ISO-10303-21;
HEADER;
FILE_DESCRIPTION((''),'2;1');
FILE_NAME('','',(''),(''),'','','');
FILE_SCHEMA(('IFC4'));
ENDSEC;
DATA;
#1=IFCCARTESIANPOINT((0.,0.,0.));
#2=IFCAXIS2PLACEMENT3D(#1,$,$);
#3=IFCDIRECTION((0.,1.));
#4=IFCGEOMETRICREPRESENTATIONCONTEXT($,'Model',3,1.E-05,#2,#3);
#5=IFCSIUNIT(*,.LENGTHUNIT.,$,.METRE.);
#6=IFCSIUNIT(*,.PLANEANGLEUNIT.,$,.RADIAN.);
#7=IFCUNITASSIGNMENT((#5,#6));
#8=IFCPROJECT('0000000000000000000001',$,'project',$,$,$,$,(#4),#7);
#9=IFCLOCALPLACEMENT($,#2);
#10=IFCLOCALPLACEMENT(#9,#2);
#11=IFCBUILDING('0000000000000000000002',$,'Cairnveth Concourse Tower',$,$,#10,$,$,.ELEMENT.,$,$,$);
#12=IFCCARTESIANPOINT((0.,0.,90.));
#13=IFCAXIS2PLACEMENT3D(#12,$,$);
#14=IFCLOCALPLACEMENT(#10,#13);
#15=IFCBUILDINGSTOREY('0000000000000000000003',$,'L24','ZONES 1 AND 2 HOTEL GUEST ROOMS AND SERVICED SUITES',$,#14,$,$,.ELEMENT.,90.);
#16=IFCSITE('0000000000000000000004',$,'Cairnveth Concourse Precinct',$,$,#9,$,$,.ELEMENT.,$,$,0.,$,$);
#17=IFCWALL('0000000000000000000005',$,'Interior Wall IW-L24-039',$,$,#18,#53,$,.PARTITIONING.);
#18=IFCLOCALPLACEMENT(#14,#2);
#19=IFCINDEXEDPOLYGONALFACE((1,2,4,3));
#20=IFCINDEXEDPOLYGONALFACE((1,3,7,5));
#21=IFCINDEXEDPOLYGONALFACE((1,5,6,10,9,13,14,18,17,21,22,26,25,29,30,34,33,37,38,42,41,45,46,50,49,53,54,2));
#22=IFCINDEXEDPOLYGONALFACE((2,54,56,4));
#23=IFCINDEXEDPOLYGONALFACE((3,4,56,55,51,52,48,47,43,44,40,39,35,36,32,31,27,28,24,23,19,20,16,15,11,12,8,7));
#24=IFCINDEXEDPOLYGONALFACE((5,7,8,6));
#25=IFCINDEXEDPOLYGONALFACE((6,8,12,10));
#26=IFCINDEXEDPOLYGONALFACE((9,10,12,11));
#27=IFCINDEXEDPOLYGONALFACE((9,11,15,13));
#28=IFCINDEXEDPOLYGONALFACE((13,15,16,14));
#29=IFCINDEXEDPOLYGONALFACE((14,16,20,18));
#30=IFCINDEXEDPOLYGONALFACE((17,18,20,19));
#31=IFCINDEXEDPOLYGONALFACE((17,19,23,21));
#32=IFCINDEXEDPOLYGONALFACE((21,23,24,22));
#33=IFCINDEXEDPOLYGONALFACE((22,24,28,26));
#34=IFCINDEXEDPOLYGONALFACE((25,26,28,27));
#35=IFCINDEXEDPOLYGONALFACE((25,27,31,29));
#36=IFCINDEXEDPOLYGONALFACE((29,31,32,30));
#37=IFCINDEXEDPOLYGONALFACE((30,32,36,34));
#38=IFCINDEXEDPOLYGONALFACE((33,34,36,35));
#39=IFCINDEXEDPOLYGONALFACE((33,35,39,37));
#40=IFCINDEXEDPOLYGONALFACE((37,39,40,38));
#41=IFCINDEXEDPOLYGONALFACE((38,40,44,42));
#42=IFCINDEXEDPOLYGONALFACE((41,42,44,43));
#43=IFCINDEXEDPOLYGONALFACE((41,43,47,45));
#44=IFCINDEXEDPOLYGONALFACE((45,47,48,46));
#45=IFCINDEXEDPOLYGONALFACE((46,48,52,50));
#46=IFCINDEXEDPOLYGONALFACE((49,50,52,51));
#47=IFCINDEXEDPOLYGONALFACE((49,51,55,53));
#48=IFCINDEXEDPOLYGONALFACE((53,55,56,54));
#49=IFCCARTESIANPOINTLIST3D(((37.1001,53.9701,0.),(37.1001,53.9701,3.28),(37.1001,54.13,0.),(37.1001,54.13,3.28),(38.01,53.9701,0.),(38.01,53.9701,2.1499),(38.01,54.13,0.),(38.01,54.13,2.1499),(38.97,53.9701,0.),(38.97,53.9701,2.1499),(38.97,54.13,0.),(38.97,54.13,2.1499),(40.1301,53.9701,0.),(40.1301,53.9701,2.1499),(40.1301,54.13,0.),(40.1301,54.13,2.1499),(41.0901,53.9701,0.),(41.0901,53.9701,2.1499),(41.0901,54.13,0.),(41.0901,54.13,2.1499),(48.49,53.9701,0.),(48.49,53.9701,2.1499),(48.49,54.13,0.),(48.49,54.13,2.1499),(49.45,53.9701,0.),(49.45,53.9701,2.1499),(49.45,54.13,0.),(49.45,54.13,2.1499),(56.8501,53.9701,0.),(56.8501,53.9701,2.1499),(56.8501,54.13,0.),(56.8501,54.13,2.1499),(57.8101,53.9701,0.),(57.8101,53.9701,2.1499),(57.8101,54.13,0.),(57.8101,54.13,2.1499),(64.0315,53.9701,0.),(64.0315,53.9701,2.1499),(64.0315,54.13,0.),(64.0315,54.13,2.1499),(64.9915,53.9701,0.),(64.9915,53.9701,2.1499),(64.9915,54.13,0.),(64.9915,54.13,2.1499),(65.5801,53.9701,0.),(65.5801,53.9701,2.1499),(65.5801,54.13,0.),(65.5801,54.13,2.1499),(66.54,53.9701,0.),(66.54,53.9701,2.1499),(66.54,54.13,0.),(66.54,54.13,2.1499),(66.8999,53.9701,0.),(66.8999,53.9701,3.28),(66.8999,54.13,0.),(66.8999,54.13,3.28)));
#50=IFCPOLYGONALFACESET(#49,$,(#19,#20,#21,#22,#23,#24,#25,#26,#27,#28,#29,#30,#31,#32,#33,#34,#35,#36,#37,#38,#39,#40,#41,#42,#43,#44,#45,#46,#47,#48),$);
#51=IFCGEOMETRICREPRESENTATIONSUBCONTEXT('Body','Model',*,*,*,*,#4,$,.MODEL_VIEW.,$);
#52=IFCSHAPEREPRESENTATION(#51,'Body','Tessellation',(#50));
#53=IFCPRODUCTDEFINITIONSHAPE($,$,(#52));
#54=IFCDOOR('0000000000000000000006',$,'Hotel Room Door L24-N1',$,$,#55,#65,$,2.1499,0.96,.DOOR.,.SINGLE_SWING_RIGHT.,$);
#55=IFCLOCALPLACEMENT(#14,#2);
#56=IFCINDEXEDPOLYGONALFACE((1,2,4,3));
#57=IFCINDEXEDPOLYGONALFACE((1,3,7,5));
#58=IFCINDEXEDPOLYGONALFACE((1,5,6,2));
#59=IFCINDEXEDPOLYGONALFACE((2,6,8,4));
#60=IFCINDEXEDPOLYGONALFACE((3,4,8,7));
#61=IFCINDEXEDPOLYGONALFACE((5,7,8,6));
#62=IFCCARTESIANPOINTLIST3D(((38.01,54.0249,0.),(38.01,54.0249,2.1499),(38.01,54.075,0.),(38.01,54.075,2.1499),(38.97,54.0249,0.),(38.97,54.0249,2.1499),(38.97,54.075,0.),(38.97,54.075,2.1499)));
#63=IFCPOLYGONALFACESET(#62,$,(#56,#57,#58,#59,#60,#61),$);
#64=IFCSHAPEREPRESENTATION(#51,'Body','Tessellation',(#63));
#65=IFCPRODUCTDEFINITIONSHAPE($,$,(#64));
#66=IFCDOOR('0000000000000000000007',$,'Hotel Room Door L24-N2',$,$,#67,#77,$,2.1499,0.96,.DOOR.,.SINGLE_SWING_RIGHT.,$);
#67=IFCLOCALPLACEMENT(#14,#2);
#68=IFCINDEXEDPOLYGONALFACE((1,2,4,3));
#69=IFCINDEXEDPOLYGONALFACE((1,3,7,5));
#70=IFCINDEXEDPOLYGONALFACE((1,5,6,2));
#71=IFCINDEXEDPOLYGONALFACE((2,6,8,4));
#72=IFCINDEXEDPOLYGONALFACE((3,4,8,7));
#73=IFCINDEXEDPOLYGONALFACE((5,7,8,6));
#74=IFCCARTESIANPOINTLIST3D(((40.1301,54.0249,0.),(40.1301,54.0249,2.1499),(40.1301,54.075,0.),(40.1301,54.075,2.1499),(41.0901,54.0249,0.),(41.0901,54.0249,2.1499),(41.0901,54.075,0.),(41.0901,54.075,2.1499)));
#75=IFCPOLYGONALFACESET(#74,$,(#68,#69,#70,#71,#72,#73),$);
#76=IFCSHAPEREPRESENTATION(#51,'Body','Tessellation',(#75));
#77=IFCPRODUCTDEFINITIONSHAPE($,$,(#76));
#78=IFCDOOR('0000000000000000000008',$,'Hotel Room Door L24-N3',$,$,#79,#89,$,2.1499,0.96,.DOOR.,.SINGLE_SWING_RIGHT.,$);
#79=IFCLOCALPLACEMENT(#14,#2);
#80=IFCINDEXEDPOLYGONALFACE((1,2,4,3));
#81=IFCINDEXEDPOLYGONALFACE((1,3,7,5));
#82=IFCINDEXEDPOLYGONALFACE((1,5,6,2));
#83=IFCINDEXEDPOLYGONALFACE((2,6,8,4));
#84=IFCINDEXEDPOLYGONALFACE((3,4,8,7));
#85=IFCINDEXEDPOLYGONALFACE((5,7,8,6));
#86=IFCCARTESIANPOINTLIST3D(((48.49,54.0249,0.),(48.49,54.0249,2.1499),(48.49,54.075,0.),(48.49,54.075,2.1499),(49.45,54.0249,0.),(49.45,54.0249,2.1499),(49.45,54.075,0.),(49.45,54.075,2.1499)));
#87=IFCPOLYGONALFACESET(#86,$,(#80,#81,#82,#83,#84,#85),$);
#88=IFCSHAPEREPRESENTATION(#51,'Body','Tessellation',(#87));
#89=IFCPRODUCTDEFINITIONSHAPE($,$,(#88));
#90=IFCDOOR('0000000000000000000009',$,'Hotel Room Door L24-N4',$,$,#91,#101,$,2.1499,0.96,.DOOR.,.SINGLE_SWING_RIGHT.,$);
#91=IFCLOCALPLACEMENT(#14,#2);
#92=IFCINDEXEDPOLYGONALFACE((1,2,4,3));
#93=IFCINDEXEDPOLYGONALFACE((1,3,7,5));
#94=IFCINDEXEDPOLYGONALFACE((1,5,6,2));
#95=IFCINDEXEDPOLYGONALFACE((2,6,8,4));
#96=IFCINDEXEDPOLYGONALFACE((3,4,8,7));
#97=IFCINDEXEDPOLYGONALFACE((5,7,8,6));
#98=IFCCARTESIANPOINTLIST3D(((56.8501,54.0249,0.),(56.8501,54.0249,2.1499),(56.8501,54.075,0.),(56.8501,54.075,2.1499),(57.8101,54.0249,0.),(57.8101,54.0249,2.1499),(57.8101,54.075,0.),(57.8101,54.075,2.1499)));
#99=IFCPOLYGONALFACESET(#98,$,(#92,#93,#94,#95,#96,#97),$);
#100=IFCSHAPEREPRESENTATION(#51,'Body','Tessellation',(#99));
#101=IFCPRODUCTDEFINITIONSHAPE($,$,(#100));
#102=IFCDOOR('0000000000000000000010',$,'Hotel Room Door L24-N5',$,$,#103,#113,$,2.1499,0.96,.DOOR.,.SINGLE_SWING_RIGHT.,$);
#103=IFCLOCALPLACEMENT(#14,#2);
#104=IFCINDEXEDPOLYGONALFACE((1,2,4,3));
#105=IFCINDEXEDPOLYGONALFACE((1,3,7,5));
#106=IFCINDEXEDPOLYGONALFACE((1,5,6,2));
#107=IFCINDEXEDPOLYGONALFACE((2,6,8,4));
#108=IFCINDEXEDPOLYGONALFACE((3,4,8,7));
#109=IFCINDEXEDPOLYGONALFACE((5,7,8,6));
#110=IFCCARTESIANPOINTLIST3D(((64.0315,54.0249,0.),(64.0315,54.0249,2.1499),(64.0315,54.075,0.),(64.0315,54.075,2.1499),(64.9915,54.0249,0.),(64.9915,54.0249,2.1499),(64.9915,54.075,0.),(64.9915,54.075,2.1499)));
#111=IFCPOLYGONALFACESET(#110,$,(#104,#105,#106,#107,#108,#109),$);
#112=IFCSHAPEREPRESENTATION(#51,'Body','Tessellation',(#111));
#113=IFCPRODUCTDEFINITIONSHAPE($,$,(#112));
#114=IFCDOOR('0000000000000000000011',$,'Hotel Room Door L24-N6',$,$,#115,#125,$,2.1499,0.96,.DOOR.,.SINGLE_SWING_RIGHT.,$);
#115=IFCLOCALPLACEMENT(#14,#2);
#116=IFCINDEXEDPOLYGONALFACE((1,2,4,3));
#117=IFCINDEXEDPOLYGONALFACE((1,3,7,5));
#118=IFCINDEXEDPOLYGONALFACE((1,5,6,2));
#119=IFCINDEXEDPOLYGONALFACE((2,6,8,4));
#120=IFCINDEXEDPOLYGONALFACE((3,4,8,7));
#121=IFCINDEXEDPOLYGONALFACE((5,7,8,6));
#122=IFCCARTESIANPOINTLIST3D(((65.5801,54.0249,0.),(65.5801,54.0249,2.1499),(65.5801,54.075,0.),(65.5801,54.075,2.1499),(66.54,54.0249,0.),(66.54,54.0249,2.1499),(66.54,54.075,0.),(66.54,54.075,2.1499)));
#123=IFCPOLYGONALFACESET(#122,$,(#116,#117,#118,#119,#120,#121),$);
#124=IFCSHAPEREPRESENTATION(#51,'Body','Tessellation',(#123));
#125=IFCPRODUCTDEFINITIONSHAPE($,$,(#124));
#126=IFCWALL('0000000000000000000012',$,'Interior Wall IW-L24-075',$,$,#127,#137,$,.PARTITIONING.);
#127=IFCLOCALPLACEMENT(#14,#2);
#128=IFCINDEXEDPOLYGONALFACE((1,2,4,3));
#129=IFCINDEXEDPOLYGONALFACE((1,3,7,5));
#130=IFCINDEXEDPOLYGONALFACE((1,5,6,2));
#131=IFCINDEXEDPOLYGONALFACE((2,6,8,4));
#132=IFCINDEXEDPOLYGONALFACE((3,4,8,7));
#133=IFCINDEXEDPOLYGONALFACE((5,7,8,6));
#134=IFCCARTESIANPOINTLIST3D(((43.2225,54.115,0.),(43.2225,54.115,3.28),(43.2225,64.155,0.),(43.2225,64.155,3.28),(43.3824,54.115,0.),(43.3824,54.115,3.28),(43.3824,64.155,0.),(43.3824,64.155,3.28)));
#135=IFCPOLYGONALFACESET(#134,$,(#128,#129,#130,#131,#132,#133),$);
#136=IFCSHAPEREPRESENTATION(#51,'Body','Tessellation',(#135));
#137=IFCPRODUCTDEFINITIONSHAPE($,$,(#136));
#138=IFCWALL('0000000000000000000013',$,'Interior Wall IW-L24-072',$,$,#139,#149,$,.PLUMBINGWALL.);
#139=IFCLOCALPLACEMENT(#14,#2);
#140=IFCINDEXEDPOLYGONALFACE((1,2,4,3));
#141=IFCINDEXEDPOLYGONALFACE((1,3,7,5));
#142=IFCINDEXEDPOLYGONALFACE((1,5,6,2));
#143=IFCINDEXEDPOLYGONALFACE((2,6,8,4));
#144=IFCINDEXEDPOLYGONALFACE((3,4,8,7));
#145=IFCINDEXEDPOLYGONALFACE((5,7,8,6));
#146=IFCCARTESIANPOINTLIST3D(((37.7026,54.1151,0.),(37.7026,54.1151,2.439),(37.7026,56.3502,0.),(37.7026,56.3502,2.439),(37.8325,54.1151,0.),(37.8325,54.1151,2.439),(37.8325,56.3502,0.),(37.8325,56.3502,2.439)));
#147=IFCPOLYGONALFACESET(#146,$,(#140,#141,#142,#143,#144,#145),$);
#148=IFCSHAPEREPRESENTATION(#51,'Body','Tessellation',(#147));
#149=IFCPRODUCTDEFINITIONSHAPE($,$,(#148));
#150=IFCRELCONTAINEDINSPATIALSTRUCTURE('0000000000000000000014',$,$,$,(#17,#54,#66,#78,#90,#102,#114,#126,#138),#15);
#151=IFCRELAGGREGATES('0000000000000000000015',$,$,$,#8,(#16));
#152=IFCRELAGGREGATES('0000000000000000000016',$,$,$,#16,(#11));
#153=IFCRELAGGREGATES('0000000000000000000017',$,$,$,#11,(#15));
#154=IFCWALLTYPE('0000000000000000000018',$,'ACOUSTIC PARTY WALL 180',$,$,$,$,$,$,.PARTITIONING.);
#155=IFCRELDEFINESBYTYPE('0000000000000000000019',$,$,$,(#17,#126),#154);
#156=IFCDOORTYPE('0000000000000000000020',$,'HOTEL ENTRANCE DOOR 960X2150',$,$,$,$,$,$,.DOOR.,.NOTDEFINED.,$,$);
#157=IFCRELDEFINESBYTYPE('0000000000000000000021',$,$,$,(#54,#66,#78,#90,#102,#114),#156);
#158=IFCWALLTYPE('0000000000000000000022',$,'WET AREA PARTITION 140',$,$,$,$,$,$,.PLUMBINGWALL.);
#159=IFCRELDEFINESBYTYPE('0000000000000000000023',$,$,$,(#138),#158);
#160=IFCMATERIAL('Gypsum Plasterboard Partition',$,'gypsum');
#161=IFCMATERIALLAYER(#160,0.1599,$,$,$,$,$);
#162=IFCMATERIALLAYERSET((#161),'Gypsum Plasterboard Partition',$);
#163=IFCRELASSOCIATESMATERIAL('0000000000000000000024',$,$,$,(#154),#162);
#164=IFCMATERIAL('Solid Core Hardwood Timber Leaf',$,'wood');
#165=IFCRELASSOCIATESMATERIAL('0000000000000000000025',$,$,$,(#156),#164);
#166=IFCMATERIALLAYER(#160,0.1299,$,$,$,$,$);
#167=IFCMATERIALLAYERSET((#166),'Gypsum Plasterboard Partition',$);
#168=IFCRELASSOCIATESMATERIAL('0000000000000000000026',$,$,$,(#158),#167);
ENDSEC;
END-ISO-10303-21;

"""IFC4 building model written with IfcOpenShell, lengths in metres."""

from ifc_helpers import new_model, si_unit, direction, frame, frame_2d, origin, place, context, subcontext, project, spatial, rectangle, extrude, material, layer, layer_set, type_object, element, fill, save


model = new_model("IFC4")

# Units and contexts
model_context = context("Model", 3, precision=1e-05, world=origin(), true_north=direction((0.0, 1.0)))
body_context = subcontext(model_context, "Body", "Model", "MODEL_VIEW")
ifc_project = project(units=[si_unit("LENGTHUNIT", "METRE"), si_unit("PLANEANGLEUNIT", "RADIAN")], contexts=[model_context])

# Site, building, storey
site_placement = place(None, origin())
site = spatial("IfcSite", under=ifc_project, at=site_placement, Name="Cairnveth Concourse Precinct", CompositionType="ELEMENT", RefElevation=0.0)
building_placement = place(site_placement, origin())
building = spatial("IfcBuilding", under=site, at=building_placement, Name="Cairnveth Concourse Tower", CompositionType="ELEMENT")
storey_placement = place(building_placement, frame((0.0, 0.0, 90.0)))
storey = spatial("IfcBuildingStorey", under=building, at=storey_placement, Name="L24", Description="ZONES 1 AND 2 HOTEL GUEST ROOMS AND SERVICED SUITES", CompositionType="ELEMENT", Elevation=90.0)

# Wall, openings, doors
ifc_material_1 = material(Name="Gypsum Plasterboard Partition", Category="gypsum")
ifc_layer_1 = layer(ifc_material_1, 0.1599)
ifc_layer_set_1 = layer_set([ifc_layer_1], Name="Gypsum Plasterboard Partition")
wall_type_1 = type_object("IfcWallType", Name="ACOUSTIC PARTY WALL 180", PredefinedType="PARTITIONING", material=ifc_layer_set_1)
wall_1_placement = place(storey_placement, frame((37.1001, 54.05, 0.0), z_axis=(0.0, 0.0, 1.0), x_axis=(1.0, 0.0, 0.0)))
wall_1 = element("IfcWall", 1, at=wall_1_placement, inside=storey, type_object=wall_type_1, Name="Interior Wall IW-L24-039", PredefinedType="PARTITIONING", context=body_context, shape_type="SweptSolid", body=[
    extrude(rectangle(XDim=29.7998, YDim=0.1599, at=frame_2d((14.8999, 0.0))), origin(), (0.0, 0.0, 1.0), 3.28),
])
opening_1_placement = place(wall_1_placement, frame((0.9099, 0.0, 0.0)))
opening_1 = element("IfcOpeningElement", 2, at=opening_1_placement, cuts=wall_1, PredefinedType="OPENING", context=body_context, shape_type="SweptSolid", body=[
    extrude(rectangle(XDim=0.96, YDim=2.1499, at=frame_2d((0.48, 1.075))), frame((0.0, 0.0898, 0.0), z_axis=(0.0, -1.0, 0.0), x_axis=(1.0, 0.0, 0.0)), (0.0, 0.0, 1.0), 0.1799),
])
opening_2_placement = place(wall_1_placement, frame((3.03, 0.0, 0.0)))
opening_2 = element("IfcOpeningElement", 3, at=opening_2_placement, cuts=wall_1, PredefinedType="OPENING", context=body_context, shape_type="SweptSolid", body=[
    extrude(rectangle(XDim=0.96, YDim=2.1499, at=frame_2d((0.48, 1.075))), frame((0.0, 0.0898, 0.0), z_axis=(0.0, -1.0, 0.0), x_axis=(1.0, 0.0, 0.0)), (0.0, 0.0, 1.0), 0.1799),
])
opening_3_placement = place(wall_1_placement, frame((11.3899, 0.0, 0.0)))
opening_3 = element("IfcOpeningElement", 4, at=opening_3_placement, cuts=wall_1, PredefinedType="OPENING", context=body_context, shape_type="SweptSolid", body=[
    extrude(rectangle(XDim=0.96, YDim=2.1499, at=frame_2d((0.48, 1.075))), frame((0.0, 0.0898, 0.0), z_axis=(0.0, -1.0, 0.0), x_axis=(1.0, 0.0, 0.0)), (0.0, 0.0, 1.0), 0.1799),
])
opening_4_placement = place(wall_1_placement, frame((19.75, 0.0, 0.0)))
opening_4 = element("IfcOpeningElement", 5, at=opening_4_placement, cuts=wall_1, PredefinedType="OPENING", context=body_context, shape_type="SweptSolid", body=[
    extrude(rectangle(XDim=0.96, YDim=2.1499, at=frame_2d((0.48, 1.075))), frame((0.0, 0.0898, 0.0), z_axis=(0.0, -1.0, 0.0), x_axis=(1.0, 0.0, 0.0)), (0.0, 0.0, 1.0), 0.1799),
])
opening_5_placement = place(wall_1_placement, frame((26.9314, 0.0, 0.0)))
opening_5 = element("IfcOpeningElement", 6, at=opening_5_placement, cuts=wall_1, PredefinedType="OPENING", context=body_context, shape_type="SweptSolid", body=[
    extrude(rectangle(XDim=0.96, YDim=2.1499, at=frame_2d((0.48, 1.075))), frame((0.0, 0.0898, 0.0), z_axis=(0.0, -1.0, 0.0), x_axis=(1.0, 0.0, 0.0)), (0.0, 0.0, 1.0), 0.1799),
])
opening_6_placement = place(wall_1_placement, frame((28.48, 0.0, 0.0)))
opening_6 = element("IfcOpeningElement", 7, at=opening_6_placement, cuts=wall_1, PredefinedType="OPENING", context=body_context, shape_type="SweptSolid", body=[
    extrude(rectangle(XDim=0.96, YDim=2.1499, at=frame_2d((0.48, 1.075))), frame((0.0, 0.0898, 0.0), z_axis=(0.0, -1.0, 0.0), x_axis=(1.0, 0.0, 0.0)), (0.0, 0.0, 1.0), 0.1799),
])
ifc_material_2 = material(Name="Solid Core Hardwood Timber Leaf", Category="wood")
door_type_1 = type_object("IfcDoorType", Name="HOTEL ENTRANCE DOOR 960X2150", OperationType="NOTDEFINED", PredefinedType="DOOR", material=ifc_material_2)
door_1_placement = place(opening_1_placement, origin())
door_1 = element("IfcDoor", 8, at=door_1_placement, inside=storey, type_object=door_type_1, Name="Hotel Room Door L24-N1", OperationType="SINGLE_SWING_RIGHT", OverallHeight=2.1499, OverallWidth=0.96, PredefinedType="DOOR", context=body_context, shape_type="SweptSolid", body=[
    extrude(rectangle(XDim=0.96, YDim=2.1499, at=frame_2d((0.48, 1.075))), frame((0.0, 0.0249, 0.0), z_axis=(0.0, -1.0, 0.0), x_axis=(1.0, 0.0, 0.0)), (0.0, 0.0, 1.0), 0.05),
])
fill(opening_1, door_1)
door_2_placement = place(opening_2_placement, origin())
door_2 = element("IfcDoor", 9, at=door_2_placement, inside=storey, type_object=door_type_1, Name="Hotel Room Door L24-N2", OperationType="SINGLE_SWING_RIGHT", OverallHeight=2.1499, OverallWidth=0.96, PredefinedType="DOOR", context=body_context, shape_type="SweptSolid", body=[
    extrude(rectangle(XDim=0.96, YDim=2.1499, at=frame_2d((0.48, 1.075))), frame((0.0, 0.0249, 0.0), z_axis=(0.0, -1.0, 0.0), x_axis=(1.0, 0.0, 0.0)), (0.0, 0.0, 1.0), 0.05),
])
fill(opening_2, door_2)
door_3_placement = place(opening_3_placement, origin())
door_3 = element("IfcDoor", 10, at=door_3_placement, inside=storey, type_object=door_type_1, Name="Hotel Room Door L24-N3", OperationType="SINGLE_SWING_RIGHT", OverallHeight=2.1499, OverallWidth=0.96, PredefinedType="DOOR", context=body_context, shape_type="SweptSolid", body=[
    extrude(rectangle(XDim=0.96, YDim=2.1499, at=frame_2d((0.48, 1.075))), frame((0.0, 0.0249, 0.0), z_axis=(0.0, -1.0, 0.0), x_axis=(1.0, 0.0, 0.0)), (0.0, 0.0, 1.0), 0.05),
])
fill(opening_3, door_3)
door_4_placement = place(opening_4_placement, origin())
door_4 = element("IfcDoor", 11, at=door_4_placement, inside=storey, type_object=door_type_1, Name="Hotel Room Door L24-N4", OperationType="SINGLE_SWING_RIGHT", OverallHeight=2.1499, OverallWidth=0.96, PredefinedType="DOOR", context=body_context, shape_type="SweptSolid", body=[
    extrude(rectangle(XDim=0.96, YDim=2.1499, at=frame_2d((0.48, 1.075))), frame((0.0, 0.0249, 0.0), z_axis=(0.0, -1.0, 0.0), x_axis=(1.0, 0.0, 0.0)), (0.0, 0.0, 1.0), 0.05),
])
fill(opening_4, door_4)
door_5_placement = place(opening_5_placement, origin())
door_5 = element("IfcDoor", 12, at=door_5_placement, inside=storey, type_object=door_type_1, Name="Hotel Room Door L24-N5", OperationType="SINGLE_SWING_RIGHT", OverallHeight=2.1499, OverallWidth=0.96, PredefinedType="DOOR", context=body_context, shape_type="SweptSolid", body=[
    extrude(rectangle(XDim=0.96, YDim=2.1499, at=frame_2d((0.48, 1.075))), frame((0.0, 0.0249, 0.0), z_axis=(0.0, -1.0, 0.0), x_axis=(1.0, 0.0, 0.0)), (0.0, 0.0, 1.0), 0.05),
])
fill(opening_5, door_5)
door_6_placement = place(opening_6_placement, origin())
door_6 = element("IfcDoor", 13, at=door_6_placement, inside=storey, type_object=door_type_1, Name="Hotel Room Door L24-N6", OperationType="SINGLE_SWING_RIGHT", OverallHeight=2.1499, OverallWidth=0.96, PredefinedType="DOOR", context=body_context, shape_type="SweptSolid", body=[
    extrude(rectangle(XDim=0.96, YDim=2.1499, at=frame_2d((0.48, 1.075))), frame((0.0, 0.0249, 0.0), z_axis=(0.0, -1.0, 0.0), x_axis=(1.0, 0.0, 0.0)), (0.0, 0.0, 1.0), 0.05),
])
fill(opening_6, door_6)

# Walls
wall_2_placement = place(storey_placement, frame((43.3025, 54.115, 0.0), z_axis=(0.0, 0.0, 1.0), x_axis=(0.0, 1.0, 0.0)))
element("IfcWall", 14, at=wall_2_placement, inside=storey, type_object=wall_type_1, Name="Interior Wall IW-L24-075", PredefinedType="PARTITIONING", context=body_context, shape_type="SweptSolid", body=[
    extrude(rectangle(XDim=10.04, YDim=0.1599, at=frame_2d((5.02, 0.0))), origin(), (0.0, 0.0, 1.0), 3.28),
])
ifc_layer_2 = layer(ifc_material_1, 0.1299)
ifc_layer_set_2 = layer_set([ifc_layer_2], Name="Gypsum Plasterboard Partition")
wall_type_2 = type_object("IfcWallType", Name="WET AREA PARTITION 140", PredefinedType="PLUMBINGWALL", material=ifc_layer_set_2)
wall_3_placement = place(storey_placement, frame((37.7676, 54.115, 0.0), z_axis=(0.0, 0.0, 1.0), x_axis=(0.0, 1.0, 0.0)))
element("IfcWall", 15, at=wall_3_placement, inside=storey, type_object=wall_type_2, Name="Interior Wall IW-L24-072", PredefinedType="PLUMBINGWALL", context=body_context, shape_type="SweptSolid", body=[
    extrude(rectangle(XDim=2.2351, YDim=0.1299, at=frame_2d((1.1177, 0.0))), origin(), (0.0, 0.0, 1.0), 2.439),
])

save(model, "model.ifc")
